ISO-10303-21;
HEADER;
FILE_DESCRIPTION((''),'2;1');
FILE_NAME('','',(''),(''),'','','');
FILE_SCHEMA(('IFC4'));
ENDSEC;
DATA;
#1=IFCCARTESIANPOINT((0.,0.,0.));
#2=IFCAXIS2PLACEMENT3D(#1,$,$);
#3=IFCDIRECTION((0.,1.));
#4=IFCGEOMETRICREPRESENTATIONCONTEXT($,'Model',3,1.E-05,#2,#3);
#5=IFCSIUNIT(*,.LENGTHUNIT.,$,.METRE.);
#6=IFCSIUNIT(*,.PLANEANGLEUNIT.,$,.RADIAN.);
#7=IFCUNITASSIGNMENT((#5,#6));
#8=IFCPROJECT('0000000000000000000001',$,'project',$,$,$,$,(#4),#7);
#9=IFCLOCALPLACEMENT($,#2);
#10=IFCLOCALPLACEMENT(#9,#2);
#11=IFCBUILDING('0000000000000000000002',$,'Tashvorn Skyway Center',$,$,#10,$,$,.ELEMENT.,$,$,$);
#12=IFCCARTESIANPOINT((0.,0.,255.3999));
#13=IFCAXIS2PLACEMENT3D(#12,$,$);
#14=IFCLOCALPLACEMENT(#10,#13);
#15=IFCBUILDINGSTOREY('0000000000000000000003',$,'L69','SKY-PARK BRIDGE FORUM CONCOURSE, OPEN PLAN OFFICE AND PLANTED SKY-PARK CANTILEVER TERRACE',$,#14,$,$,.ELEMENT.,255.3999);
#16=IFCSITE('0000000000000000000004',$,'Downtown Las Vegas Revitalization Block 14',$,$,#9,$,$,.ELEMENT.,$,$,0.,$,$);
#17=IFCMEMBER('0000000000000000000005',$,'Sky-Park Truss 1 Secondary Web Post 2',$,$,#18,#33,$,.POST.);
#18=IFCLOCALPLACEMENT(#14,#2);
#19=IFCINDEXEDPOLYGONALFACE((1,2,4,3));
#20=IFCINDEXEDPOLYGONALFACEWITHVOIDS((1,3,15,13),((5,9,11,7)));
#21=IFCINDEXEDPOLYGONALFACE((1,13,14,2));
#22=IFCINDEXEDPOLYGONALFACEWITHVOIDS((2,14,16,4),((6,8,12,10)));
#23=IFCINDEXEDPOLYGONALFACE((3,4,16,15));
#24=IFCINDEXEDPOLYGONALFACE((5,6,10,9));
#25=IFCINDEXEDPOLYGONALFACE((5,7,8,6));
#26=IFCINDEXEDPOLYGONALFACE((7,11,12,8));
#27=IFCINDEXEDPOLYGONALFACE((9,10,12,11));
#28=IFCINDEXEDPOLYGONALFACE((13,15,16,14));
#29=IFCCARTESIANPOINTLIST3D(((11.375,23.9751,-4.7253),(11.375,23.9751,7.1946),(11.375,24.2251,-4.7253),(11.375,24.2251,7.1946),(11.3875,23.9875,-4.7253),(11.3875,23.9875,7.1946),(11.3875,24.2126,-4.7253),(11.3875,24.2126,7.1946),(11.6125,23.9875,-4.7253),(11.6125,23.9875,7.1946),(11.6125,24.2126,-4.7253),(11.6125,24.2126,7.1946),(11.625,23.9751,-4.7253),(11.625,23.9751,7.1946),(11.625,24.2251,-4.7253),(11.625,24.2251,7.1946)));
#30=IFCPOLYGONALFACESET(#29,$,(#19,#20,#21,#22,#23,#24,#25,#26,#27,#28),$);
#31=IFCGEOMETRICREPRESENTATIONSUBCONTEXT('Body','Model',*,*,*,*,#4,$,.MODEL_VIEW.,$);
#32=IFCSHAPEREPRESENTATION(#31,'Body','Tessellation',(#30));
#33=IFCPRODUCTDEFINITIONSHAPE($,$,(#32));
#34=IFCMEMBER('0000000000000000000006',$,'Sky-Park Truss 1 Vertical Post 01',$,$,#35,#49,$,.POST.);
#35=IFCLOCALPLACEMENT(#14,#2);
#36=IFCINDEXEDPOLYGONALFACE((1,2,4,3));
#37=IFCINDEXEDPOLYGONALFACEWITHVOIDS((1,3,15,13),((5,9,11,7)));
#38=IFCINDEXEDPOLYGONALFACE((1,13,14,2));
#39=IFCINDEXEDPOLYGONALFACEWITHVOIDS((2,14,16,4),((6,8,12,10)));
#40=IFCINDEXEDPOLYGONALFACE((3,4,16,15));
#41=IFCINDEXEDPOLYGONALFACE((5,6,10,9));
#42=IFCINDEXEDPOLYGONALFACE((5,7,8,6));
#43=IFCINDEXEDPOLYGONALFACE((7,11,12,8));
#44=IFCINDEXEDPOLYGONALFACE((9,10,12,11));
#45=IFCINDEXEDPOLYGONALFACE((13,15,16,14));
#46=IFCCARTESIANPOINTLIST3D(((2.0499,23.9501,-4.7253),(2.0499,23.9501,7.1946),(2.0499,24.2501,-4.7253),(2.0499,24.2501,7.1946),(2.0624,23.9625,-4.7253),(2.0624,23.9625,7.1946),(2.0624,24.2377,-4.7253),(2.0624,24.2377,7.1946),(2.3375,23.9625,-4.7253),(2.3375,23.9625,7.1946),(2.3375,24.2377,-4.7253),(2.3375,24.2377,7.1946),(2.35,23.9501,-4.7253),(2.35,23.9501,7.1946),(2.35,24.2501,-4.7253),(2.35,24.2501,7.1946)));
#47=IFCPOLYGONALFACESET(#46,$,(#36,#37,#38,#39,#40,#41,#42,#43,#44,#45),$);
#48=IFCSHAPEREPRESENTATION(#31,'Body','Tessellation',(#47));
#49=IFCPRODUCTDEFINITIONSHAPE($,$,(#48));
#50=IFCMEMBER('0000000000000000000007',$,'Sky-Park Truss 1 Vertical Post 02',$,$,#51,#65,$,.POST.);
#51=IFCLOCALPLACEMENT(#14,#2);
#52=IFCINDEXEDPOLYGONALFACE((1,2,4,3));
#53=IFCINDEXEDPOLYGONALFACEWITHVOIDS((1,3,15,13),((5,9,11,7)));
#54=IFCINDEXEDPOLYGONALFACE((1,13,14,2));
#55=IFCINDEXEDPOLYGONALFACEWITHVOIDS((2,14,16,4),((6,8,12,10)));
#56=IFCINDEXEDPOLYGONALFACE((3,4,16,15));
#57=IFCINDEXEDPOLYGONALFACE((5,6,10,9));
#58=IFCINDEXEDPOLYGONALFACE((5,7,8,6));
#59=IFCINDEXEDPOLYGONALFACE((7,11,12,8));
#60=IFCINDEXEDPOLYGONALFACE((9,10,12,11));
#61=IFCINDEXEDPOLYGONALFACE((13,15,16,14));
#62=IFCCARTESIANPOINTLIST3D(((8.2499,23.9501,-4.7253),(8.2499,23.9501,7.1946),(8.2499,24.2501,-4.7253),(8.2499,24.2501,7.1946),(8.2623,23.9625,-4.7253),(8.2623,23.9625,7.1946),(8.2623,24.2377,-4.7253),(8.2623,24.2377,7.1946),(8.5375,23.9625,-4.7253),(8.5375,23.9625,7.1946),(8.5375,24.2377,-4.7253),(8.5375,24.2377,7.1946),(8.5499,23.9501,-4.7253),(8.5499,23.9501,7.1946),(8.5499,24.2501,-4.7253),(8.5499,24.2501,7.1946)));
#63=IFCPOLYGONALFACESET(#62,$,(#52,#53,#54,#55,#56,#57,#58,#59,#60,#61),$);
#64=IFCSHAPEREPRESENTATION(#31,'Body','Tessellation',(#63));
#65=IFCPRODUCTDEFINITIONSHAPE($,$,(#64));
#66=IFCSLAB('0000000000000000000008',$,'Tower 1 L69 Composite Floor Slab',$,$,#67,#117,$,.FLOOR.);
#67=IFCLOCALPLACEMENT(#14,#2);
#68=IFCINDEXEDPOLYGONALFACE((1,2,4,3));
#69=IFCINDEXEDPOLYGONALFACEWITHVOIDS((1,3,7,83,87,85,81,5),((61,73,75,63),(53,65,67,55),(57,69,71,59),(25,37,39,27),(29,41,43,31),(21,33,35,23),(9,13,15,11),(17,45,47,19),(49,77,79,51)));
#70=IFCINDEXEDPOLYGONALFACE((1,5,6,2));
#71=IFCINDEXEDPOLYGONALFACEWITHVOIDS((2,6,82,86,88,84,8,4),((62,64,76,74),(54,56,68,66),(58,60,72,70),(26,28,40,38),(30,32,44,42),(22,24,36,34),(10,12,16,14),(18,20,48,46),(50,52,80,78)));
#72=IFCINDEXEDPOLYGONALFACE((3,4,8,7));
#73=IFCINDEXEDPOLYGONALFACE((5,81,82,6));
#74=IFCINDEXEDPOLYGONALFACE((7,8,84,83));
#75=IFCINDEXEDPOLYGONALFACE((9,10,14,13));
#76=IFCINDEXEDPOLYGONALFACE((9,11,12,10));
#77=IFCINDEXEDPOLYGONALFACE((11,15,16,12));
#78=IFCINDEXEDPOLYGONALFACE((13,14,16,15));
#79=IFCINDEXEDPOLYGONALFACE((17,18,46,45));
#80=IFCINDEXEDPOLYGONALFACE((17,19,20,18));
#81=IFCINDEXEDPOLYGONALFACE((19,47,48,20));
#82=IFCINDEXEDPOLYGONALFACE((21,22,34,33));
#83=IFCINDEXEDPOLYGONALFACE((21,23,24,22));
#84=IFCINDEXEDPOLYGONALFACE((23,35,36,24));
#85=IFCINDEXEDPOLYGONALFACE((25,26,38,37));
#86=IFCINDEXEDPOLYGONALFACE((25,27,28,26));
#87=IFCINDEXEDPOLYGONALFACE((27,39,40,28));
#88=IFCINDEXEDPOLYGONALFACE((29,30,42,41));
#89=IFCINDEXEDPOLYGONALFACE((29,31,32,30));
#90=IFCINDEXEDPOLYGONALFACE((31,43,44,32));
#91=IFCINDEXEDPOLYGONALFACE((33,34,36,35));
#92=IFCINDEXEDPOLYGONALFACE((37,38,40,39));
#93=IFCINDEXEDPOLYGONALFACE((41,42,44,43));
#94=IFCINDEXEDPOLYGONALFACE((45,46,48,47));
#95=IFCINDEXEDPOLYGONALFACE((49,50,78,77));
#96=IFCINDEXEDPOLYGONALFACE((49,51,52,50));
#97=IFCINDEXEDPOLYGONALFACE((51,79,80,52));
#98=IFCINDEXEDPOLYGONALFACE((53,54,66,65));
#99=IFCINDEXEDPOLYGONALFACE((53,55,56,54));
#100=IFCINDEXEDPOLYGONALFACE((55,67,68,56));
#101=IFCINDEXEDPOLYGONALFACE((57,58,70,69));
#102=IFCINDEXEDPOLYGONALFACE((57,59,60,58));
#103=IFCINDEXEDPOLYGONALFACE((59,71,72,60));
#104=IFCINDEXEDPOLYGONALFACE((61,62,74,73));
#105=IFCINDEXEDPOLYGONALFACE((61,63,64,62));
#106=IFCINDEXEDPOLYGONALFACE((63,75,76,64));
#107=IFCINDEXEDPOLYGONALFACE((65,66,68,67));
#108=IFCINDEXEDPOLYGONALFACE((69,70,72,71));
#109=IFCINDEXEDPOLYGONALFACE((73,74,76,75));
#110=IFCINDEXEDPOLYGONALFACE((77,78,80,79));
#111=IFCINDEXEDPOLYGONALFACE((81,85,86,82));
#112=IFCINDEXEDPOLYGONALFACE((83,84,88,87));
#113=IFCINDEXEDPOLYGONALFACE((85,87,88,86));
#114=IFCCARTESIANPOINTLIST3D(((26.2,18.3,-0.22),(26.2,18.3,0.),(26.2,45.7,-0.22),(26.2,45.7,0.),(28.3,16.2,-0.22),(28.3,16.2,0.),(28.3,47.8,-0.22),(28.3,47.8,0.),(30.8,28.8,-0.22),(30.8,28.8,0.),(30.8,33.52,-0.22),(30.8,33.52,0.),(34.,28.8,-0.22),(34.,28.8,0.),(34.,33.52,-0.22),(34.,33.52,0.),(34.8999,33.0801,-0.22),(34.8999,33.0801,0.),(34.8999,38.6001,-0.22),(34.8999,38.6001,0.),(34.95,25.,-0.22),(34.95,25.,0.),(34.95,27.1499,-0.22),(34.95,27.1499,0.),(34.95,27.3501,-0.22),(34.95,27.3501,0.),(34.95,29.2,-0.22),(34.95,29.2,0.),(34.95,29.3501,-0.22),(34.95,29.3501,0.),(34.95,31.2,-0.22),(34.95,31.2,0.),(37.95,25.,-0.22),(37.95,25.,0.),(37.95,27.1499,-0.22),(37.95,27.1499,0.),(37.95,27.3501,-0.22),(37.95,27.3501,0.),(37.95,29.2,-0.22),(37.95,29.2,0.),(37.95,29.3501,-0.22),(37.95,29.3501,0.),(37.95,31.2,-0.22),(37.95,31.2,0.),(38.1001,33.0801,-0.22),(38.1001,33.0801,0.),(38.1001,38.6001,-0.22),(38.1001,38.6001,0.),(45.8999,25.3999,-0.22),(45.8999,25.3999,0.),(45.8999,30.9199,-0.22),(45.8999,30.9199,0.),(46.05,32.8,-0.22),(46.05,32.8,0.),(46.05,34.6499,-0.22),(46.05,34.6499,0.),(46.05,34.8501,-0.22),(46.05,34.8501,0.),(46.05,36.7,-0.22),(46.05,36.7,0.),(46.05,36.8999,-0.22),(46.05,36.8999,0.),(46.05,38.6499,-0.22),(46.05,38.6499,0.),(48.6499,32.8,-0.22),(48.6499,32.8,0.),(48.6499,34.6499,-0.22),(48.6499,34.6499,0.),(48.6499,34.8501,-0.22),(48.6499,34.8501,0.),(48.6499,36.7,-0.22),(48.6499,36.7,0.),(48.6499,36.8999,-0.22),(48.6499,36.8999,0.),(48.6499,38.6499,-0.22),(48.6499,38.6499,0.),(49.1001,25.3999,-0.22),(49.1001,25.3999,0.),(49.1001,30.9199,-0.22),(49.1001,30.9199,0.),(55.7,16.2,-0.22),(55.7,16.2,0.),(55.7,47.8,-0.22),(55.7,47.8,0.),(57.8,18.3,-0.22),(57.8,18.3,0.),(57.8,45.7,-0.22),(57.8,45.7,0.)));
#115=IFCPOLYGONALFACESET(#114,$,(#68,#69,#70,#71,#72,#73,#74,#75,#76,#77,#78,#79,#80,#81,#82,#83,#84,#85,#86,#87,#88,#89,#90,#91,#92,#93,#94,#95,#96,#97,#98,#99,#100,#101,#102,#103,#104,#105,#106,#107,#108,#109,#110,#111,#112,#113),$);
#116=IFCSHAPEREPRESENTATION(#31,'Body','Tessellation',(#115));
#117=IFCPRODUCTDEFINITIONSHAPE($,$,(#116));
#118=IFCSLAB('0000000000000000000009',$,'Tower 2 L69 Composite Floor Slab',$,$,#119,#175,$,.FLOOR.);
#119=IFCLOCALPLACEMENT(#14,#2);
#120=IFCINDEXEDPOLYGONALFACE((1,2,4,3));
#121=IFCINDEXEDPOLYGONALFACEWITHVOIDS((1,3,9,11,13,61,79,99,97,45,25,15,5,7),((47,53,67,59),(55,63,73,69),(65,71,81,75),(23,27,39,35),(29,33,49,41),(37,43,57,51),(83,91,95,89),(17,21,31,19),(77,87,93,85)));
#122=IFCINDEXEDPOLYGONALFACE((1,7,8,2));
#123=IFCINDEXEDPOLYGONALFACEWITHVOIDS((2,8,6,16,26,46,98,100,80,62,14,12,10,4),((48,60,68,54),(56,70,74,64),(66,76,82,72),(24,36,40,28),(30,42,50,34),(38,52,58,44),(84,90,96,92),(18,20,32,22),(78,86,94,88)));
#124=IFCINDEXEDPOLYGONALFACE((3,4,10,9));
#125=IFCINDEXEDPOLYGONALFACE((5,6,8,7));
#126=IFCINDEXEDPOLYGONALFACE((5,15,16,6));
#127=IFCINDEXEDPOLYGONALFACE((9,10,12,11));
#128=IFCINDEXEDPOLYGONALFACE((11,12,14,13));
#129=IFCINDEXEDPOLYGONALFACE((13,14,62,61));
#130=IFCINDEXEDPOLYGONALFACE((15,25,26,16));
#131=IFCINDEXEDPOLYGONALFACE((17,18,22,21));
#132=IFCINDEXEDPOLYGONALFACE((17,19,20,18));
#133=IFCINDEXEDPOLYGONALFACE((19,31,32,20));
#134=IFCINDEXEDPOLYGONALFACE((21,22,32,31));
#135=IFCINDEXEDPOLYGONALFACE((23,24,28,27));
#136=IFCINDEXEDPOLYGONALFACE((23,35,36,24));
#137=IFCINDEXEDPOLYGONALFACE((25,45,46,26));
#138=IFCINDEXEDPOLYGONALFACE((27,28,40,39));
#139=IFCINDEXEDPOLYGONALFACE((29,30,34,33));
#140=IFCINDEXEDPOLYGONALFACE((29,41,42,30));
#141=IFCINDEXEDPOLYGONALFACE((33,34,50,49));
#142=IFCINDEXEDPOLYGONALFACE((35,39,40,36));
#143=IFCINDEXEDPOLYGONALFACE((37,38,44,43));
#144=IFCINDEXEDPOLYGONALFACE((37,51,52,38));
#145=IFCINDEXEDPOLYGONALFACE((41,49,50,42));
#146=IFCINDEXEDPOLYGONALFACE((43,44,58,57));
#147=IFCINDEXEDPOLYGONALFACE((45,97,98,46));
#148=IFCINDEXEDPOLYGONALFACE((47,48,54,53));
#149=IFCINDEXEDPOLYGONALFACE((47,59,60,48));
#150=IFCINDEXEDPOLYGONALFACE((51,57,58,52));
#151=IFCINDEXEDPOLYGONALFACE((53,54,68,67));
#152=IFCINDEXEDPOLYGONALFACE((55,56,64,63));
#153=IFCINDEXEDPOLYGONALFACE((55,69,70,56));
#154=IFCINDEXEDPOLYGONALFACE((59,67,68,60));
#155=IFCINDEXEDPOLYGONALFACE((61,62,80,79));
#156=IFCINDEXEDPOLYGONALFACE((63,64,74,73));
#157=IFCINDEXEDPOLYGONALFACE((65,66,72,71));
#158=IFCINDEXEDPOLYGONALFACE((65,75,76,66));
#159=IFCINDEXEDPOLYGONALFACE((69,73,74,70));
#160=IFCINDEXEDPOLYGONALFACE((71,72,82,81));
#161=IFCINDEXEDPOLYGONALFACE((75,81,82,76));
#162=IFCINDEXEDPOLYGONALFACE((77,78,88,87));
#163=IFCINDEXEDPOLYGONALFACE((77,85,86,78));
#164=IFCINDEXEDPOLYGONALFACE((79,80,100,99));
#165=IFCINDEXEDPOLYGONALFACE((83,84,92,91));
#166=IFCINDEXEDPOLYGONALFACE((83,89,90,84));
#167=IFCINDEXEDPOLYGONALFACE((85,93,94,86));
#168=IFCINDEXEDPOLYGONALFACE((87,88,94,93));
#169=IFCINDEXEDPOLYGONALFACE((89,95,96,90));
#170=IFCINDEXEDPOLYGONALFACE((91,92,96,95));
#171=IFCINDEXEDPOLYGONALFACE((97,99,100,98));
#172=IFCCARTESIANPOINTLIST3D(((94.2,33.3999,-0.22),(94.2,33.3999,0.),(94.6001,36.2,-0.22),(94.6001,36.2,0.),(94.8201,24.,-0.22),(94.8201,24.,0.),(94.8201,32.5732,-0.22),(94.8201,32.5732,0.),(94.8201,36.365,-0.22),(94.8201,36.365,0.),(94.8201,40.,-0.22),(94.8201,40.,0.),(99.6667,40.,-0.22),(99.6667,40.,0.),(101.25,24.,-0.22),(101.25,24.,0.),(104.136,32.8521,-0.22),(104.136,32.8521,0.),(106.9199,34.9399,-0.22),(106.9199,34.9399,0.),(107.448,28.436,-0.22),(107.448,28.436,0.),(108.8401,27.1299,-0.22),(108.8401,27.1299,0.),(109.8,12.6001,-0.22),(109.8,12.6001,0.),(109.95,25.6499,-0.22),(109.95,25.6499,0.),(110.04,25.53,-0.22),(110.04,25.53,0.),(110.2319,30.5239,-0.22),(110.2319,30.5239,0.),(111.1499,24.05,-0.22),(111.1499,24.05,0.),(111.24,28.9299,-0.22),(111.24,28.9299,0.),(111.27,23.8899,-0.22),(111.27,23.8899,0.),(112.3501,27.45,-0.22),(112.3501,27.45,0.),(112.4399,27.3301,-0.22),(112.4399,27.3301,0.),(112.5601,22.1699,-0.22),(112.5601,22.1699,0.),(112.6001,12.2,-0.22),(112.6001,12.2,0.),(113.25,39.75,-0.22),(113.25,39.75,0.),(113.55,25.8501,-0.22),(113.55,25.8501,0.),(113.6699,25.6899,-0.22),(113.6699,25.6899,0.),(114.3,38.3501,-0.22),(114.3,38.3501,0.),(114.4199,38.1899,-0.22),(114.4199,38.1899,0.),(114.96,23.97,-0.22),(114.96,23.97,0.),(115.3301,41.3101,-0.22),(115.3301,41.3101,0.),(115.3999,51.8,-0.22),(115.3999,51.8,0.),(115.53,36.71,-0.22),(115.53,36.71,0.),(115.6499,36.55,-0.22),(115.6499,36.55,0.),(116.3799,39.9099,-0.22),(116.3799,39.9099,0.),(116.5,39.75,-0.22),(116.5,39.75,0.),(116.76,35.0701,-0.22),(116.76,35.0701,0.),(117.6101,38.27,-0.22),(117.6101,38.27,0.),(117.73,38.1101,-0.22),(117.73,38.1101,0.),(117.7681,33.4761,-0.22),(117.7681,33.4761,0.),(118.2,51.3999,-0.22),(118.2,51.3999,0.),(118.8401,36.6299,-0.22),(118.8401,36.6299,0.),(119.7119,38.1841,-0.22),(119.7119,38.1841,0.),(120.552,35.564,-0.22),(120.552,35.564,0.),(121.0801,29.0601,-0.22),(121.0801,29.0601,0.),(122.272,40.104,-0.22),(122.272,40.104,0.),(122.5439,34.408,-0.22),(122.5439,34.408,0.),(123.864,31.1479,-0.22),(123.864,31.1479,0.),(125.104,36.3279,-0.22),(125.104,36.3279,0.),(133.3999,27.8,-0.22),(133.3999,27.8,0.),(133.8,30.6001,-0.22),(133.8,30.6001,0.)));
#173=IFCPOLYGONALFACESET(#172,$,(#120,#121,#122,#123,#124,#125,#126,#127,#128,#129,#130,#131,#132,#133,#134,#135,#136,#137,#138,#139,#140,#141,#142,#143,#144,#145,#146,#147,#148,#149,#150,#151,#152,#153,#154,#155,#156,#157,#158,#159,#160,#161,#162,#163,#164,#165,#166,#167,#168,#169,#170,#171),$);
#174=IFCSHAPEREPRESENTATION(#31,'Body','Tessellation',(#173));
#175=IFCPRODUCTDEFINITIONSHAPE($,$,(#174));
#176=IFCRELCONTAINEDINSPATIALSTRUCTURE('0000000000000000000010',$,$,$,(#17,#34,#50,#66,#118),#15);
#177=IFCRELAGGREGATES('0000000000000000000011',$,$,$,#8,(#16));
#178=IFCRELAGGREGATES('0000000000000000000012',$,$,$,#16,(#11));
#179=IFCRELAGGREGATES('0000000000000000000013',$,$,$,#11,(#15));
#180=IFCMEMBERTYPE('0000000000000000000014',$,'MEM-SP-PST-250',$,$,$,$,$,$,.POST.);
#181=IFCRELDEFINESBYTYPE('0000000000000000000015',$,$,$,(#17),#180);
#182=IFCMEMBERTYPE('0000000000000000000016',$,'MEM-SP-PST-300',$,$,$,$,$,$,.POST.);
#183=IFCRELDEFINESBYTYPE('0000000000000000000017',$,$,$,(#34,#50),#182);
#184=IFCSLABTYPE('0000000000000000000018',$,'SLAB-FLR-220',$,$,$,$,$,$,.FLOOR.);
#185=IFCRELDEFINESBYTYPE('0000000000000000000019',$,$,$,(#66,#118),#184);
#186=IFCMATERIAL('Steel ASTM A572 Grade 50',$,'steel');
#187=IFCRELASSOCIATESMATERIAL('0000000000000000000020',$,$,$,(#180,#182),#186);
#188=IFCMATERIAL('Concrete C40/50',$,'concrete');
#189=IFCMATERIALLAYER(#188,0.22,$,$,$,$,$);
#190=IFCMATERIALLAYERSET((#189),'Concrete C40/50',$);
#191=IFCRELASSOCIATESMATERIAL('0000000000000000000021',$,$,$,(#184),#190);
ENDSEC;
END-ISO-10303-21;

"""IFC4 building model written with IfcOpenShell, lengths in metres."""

from ifc_helpers import new_model, si_unit, direction, frame, origin, origin_2d, place, context, subcontext, project, spatial, polyline, hollow_rectangle, outline, extrude, material, layer, layer_set, material_profile, profile_set, type_object, element, save


model = new_model("IFC4")

# Units and contexts
model_context = context("Model", 3, precision=1e-05, world=origin(), true_north=direction((0.0, 1.0)))
body_context = subcontext(model_context, "Body", "Model", "MODEL_VIEW")
ifc_project = project(units=[si_unit("LENGTHUNIT", "METRE"), si_unit("PLANEANGLEUNIT", "RADIAN")], contexts=[model_context])

# Site, building, storey
site_placement = place(None, origin())
site = spatial("IfcSite", under=ifc_project, at=site_placement, Name="Downtown Las Vegas Revitalization Block 14", CompositionType="ELEMENT", RefElevation=0.0)
building_placement = place(site_placement, origin())
building = spatial("IfcBuilding", under=site, at=building_placement, Name="Tashvorn Skyway Center", CompositionType="ELEMENT")
storey_placement = place(building_placement, frame((0.0, 0.0, 255.3999)))
storey = spatial("IfcBuildingStorey", under=building, at=storey_placement, Name="L69", Description="SKY-PARK BRIDGE FORUM CONCOURSE, OPEN PLAN OFFICE AND PLANTED SKY-PARK CANTILEVER TERRACE", CompositionType="ELEMENT", Elevation=255.3999)

# Members
ifc_material_1 = material(Name="Steel ASTM A572 Grade 50", Category="steel")
ifc_material_profile_1 = material_profile(ifc_material_1, hollow_rectangle(XDim=0.25, YDim=0.25, WallThickness=0.0125, at=origin_2d()), Name="HSS250x250x12.5")
ifc_profile_set_1 = profile_set([ifc_material_profile_1], Name="Steel ASTM A572 Grade 50")
member_type_1 = type_object("IfcMemberType", Name="MEM-SP-PST-250", PredefinedType="POST", material=ifc_profile_set_1)
for number, where, z_axis, x_axis, name in (
    (1, (11.5, 24.1001, -4.7253), (0.0, 0.0, 1.0), (1.0, 0.0, 0.0), "Sky-Park Truss 1 Secondary Web Post 2"),
):
    element("IfcMember", number, at=place(storey_placement, frame(where, z_axis=z_axis, x_axis=x_axis)), inside=storey, type_object=member_type_1, Name=name, PredefinedType="POST", context=body_context, shape_type="SweptSolid", body=[
        extrude(hollow_rectangle(XDim=0.25, YDim=0.25, WallThickness=0.0125, at=origin_2d()), origin(), (0.0, 0.0, 1.0), 11.9199),
    ])
ifc_material_profile_2 = material_profile(ifc_material_1, hollow_rectangle(XDim=0.3, YDim=0.3, WallThickness=0.0125, at=origin_2d()), Name="HSS300x300x12.5")
ifc_profile_set_2 = profile_set([ifc_material_profile_2], Name="Steel ASTM A572 Grade 50")
member_type_2 = type_object("IfcMemberType", Name="MEM-SP-PST-300", PredefinedType="POST", material=ifc_profile_set_2)
for number, where, z_axis, x_axis, name in (
    (2, (2.2, 24.1001, -4.7253), (0.0, 0.0, 1.0), (1.0, 0.0, 0.0), "Sky-Park Truss 1 Vertical Post 01"),
    (3, (8.3999, 24.1001, -4.7253), (0.0, 0.0, 1.0), (1.0, 0.0, 0.0), "Sky-Park Truss 1 Vertical Post 02"),
):
    element("IfcMember", number, at=place(storey_placement, frame(where, z_axis=z_axis, x_axis=x_axis)), inside=storey, type_object=member_type_2, Name=name, PredefinedType="POST", context=body_context, shape_type="SweptSolid", body=[
        extrude(hollow_rectangle(XDim=0.3, YDim=0.3, WallThickness=0.0125, at=origin_2d()), origin(), (0.0, 0.0, 1.0), 11.9199),
    ])

# Slabs
ifc_material_2 = material(Name="Concrete C40/50", Category="concrete")
ifc_layer_1 = layer(ifc_material_2, 0.22)
ifc_layer_set_1 = layer_set([ifc_layer_1], Name="Concrete C40/50")
slab_type_1 = type_object("IfcSlabType", Name="SLAB-FLR-220", PredefinedType="FLOOR", material=ifc_layer_set_1)
slab_1_placement = place(storey_placement, frame((0.0, 0.0, -0.22)))
element("IfcSlab", 4, at=slab_1_placement, inside=storey, type_object=slab_type_1, Name="Tower 1 L69 Composite Floor Slab", PredefinedType="FLOOR", context=body_context, shape_type="SweptSolid", body=[
    extrude(outline(polyline([(28.3, 16.2), (55.7, 16.2), (57.8, 18.3), (57.8, 45.7), (55.7, 47.8), (28.3, 47.8), (26.2, 45.7), (26.2, 18.3), (28.3, 16.2)]), holes=[polyline([(38.1001, 33.0801), (38.1001, 38.6001), (34.8999, 38.6001), (34.8999, 33.0801), (38.1001, 33.0801)]), polyline([(45.8999, 30.9199), (45.8999, 25.3999), (49.1001, 25.3999), (49.1001, 30.9199), (45.8999, 30.9199)]), polyline([(30.8, 33.52), (30.8, 28.8), (34.0, 28.8), (34.0, 33.52), (30.8, 33.52)]), polyline([(34.95, 29.3501), (37.95, 29.3501), (37.95, 31.2), (34.95, 31.2), (34.95, 29.3501)]), polyline([(34.95, 27.3501), (37.95, 27.3501), (37.95, 29.2), (34.95, 29.2), (34.95, 27.3501)]), polyline([(34.95, 25.0), (37.95, 25.0), (37.95, 27.1499), (34.95, 27.1499), (34.95, 25.0)]), polyline([(46.05, 32.8), (48.6499, 32.8), (48.6499, 34.6499), (46.05, 34.6499), (46.05, 32.8)]), polyline([(46.05, 34.8501), (48.6499, 34.8501), (48.6499, 36.7), (46.05, 36.7), (46.05, 34.8501)]), polyline([(46.05, 36.8999), (48.6499, 36.8999), (48.6499, 38.6499), (46.05, 38.6499), (46.05, 36.8999)])]), origin(), (0.0, 0.0, 1.0), 0.22),
])
slab_2_placement = place(storey_placement, frame((0.0, 0.0, -0.22)))
element("IfcSlab", 5, at=slab_2_placement, inside=storey, type_object=slab_type_1, Name="Tower 2 L69 Composite Floor Slab", PredefinedType="FLOOR", context=body_context, shape_type="SweptSolid", body=[
    extrude(outline(polyline([(115.3999, 51.8), (118.2, 51.3999), (133.8, 30.6001), (133.3999, 27.8), (112.6001, 12.2), (109.8, 12.6001), (101.25, 24.0), (94.8201, 24.0), (94.8201, 32.5732), (94.2, 33.3999), (94.6001, 36.2), (94.8201, 36.365), (94.8201, 40.0), (99.6667, 40.0), (115.3999, 51.8)]), holes=[polyline([(110.2319, 30.5239), (106.9199, 34.9399), (104.136, 32.8521), (107.448, 28.436), (110.2319, 30.5239)]), polyline([(117.7681, 33.4761), (121.0801, 29.0601), (123.864, 31.1479), (120.552, 35.564), (117.7681, 33.4761)]), polyline([(119.7119, 38.1841), (122.5439, 34.408), (125.104, 36.3279), (122.272, 40.104), (119.7119, 38.1841)]), polyline([(109.95, 25.6499), (112.3501, 27.45), (111.24, 28.9299), (108.8401, 27.1299), (109.95, 25.6499)]), polyline([(111.1499, 24.05), (113.55, 25.8501), (112.4399, 27.3301), (110.04, 25.53), (111.1499, 24.05)]), polyline([(112.5601, 22.1699), (114.96, 23.97), (113.6699, 25.6899), (111.27, 23.8899), (112.5601, 22.1699)]), polyline([(116.76, 35.0701), (118.8401, 36.6299), (117.73, 38.1101), (115.6499, 36.55), (116.76, 35.0701)]), polyline([(115.53, 36.71), (117.6101, 38.27), (116.5, 39.75), (114.4199, 38.1899), (115.53, 36.71)]), polyline([(114.3, 38.3501), (116.3799, 39.9099), (115.3301, 41.3101), (113.25, 39.75), (114.3, 38.3501)])]), origin(), (0.0, 0.0, 1.0), 0.22),
])

save(model, "model.ifc")
